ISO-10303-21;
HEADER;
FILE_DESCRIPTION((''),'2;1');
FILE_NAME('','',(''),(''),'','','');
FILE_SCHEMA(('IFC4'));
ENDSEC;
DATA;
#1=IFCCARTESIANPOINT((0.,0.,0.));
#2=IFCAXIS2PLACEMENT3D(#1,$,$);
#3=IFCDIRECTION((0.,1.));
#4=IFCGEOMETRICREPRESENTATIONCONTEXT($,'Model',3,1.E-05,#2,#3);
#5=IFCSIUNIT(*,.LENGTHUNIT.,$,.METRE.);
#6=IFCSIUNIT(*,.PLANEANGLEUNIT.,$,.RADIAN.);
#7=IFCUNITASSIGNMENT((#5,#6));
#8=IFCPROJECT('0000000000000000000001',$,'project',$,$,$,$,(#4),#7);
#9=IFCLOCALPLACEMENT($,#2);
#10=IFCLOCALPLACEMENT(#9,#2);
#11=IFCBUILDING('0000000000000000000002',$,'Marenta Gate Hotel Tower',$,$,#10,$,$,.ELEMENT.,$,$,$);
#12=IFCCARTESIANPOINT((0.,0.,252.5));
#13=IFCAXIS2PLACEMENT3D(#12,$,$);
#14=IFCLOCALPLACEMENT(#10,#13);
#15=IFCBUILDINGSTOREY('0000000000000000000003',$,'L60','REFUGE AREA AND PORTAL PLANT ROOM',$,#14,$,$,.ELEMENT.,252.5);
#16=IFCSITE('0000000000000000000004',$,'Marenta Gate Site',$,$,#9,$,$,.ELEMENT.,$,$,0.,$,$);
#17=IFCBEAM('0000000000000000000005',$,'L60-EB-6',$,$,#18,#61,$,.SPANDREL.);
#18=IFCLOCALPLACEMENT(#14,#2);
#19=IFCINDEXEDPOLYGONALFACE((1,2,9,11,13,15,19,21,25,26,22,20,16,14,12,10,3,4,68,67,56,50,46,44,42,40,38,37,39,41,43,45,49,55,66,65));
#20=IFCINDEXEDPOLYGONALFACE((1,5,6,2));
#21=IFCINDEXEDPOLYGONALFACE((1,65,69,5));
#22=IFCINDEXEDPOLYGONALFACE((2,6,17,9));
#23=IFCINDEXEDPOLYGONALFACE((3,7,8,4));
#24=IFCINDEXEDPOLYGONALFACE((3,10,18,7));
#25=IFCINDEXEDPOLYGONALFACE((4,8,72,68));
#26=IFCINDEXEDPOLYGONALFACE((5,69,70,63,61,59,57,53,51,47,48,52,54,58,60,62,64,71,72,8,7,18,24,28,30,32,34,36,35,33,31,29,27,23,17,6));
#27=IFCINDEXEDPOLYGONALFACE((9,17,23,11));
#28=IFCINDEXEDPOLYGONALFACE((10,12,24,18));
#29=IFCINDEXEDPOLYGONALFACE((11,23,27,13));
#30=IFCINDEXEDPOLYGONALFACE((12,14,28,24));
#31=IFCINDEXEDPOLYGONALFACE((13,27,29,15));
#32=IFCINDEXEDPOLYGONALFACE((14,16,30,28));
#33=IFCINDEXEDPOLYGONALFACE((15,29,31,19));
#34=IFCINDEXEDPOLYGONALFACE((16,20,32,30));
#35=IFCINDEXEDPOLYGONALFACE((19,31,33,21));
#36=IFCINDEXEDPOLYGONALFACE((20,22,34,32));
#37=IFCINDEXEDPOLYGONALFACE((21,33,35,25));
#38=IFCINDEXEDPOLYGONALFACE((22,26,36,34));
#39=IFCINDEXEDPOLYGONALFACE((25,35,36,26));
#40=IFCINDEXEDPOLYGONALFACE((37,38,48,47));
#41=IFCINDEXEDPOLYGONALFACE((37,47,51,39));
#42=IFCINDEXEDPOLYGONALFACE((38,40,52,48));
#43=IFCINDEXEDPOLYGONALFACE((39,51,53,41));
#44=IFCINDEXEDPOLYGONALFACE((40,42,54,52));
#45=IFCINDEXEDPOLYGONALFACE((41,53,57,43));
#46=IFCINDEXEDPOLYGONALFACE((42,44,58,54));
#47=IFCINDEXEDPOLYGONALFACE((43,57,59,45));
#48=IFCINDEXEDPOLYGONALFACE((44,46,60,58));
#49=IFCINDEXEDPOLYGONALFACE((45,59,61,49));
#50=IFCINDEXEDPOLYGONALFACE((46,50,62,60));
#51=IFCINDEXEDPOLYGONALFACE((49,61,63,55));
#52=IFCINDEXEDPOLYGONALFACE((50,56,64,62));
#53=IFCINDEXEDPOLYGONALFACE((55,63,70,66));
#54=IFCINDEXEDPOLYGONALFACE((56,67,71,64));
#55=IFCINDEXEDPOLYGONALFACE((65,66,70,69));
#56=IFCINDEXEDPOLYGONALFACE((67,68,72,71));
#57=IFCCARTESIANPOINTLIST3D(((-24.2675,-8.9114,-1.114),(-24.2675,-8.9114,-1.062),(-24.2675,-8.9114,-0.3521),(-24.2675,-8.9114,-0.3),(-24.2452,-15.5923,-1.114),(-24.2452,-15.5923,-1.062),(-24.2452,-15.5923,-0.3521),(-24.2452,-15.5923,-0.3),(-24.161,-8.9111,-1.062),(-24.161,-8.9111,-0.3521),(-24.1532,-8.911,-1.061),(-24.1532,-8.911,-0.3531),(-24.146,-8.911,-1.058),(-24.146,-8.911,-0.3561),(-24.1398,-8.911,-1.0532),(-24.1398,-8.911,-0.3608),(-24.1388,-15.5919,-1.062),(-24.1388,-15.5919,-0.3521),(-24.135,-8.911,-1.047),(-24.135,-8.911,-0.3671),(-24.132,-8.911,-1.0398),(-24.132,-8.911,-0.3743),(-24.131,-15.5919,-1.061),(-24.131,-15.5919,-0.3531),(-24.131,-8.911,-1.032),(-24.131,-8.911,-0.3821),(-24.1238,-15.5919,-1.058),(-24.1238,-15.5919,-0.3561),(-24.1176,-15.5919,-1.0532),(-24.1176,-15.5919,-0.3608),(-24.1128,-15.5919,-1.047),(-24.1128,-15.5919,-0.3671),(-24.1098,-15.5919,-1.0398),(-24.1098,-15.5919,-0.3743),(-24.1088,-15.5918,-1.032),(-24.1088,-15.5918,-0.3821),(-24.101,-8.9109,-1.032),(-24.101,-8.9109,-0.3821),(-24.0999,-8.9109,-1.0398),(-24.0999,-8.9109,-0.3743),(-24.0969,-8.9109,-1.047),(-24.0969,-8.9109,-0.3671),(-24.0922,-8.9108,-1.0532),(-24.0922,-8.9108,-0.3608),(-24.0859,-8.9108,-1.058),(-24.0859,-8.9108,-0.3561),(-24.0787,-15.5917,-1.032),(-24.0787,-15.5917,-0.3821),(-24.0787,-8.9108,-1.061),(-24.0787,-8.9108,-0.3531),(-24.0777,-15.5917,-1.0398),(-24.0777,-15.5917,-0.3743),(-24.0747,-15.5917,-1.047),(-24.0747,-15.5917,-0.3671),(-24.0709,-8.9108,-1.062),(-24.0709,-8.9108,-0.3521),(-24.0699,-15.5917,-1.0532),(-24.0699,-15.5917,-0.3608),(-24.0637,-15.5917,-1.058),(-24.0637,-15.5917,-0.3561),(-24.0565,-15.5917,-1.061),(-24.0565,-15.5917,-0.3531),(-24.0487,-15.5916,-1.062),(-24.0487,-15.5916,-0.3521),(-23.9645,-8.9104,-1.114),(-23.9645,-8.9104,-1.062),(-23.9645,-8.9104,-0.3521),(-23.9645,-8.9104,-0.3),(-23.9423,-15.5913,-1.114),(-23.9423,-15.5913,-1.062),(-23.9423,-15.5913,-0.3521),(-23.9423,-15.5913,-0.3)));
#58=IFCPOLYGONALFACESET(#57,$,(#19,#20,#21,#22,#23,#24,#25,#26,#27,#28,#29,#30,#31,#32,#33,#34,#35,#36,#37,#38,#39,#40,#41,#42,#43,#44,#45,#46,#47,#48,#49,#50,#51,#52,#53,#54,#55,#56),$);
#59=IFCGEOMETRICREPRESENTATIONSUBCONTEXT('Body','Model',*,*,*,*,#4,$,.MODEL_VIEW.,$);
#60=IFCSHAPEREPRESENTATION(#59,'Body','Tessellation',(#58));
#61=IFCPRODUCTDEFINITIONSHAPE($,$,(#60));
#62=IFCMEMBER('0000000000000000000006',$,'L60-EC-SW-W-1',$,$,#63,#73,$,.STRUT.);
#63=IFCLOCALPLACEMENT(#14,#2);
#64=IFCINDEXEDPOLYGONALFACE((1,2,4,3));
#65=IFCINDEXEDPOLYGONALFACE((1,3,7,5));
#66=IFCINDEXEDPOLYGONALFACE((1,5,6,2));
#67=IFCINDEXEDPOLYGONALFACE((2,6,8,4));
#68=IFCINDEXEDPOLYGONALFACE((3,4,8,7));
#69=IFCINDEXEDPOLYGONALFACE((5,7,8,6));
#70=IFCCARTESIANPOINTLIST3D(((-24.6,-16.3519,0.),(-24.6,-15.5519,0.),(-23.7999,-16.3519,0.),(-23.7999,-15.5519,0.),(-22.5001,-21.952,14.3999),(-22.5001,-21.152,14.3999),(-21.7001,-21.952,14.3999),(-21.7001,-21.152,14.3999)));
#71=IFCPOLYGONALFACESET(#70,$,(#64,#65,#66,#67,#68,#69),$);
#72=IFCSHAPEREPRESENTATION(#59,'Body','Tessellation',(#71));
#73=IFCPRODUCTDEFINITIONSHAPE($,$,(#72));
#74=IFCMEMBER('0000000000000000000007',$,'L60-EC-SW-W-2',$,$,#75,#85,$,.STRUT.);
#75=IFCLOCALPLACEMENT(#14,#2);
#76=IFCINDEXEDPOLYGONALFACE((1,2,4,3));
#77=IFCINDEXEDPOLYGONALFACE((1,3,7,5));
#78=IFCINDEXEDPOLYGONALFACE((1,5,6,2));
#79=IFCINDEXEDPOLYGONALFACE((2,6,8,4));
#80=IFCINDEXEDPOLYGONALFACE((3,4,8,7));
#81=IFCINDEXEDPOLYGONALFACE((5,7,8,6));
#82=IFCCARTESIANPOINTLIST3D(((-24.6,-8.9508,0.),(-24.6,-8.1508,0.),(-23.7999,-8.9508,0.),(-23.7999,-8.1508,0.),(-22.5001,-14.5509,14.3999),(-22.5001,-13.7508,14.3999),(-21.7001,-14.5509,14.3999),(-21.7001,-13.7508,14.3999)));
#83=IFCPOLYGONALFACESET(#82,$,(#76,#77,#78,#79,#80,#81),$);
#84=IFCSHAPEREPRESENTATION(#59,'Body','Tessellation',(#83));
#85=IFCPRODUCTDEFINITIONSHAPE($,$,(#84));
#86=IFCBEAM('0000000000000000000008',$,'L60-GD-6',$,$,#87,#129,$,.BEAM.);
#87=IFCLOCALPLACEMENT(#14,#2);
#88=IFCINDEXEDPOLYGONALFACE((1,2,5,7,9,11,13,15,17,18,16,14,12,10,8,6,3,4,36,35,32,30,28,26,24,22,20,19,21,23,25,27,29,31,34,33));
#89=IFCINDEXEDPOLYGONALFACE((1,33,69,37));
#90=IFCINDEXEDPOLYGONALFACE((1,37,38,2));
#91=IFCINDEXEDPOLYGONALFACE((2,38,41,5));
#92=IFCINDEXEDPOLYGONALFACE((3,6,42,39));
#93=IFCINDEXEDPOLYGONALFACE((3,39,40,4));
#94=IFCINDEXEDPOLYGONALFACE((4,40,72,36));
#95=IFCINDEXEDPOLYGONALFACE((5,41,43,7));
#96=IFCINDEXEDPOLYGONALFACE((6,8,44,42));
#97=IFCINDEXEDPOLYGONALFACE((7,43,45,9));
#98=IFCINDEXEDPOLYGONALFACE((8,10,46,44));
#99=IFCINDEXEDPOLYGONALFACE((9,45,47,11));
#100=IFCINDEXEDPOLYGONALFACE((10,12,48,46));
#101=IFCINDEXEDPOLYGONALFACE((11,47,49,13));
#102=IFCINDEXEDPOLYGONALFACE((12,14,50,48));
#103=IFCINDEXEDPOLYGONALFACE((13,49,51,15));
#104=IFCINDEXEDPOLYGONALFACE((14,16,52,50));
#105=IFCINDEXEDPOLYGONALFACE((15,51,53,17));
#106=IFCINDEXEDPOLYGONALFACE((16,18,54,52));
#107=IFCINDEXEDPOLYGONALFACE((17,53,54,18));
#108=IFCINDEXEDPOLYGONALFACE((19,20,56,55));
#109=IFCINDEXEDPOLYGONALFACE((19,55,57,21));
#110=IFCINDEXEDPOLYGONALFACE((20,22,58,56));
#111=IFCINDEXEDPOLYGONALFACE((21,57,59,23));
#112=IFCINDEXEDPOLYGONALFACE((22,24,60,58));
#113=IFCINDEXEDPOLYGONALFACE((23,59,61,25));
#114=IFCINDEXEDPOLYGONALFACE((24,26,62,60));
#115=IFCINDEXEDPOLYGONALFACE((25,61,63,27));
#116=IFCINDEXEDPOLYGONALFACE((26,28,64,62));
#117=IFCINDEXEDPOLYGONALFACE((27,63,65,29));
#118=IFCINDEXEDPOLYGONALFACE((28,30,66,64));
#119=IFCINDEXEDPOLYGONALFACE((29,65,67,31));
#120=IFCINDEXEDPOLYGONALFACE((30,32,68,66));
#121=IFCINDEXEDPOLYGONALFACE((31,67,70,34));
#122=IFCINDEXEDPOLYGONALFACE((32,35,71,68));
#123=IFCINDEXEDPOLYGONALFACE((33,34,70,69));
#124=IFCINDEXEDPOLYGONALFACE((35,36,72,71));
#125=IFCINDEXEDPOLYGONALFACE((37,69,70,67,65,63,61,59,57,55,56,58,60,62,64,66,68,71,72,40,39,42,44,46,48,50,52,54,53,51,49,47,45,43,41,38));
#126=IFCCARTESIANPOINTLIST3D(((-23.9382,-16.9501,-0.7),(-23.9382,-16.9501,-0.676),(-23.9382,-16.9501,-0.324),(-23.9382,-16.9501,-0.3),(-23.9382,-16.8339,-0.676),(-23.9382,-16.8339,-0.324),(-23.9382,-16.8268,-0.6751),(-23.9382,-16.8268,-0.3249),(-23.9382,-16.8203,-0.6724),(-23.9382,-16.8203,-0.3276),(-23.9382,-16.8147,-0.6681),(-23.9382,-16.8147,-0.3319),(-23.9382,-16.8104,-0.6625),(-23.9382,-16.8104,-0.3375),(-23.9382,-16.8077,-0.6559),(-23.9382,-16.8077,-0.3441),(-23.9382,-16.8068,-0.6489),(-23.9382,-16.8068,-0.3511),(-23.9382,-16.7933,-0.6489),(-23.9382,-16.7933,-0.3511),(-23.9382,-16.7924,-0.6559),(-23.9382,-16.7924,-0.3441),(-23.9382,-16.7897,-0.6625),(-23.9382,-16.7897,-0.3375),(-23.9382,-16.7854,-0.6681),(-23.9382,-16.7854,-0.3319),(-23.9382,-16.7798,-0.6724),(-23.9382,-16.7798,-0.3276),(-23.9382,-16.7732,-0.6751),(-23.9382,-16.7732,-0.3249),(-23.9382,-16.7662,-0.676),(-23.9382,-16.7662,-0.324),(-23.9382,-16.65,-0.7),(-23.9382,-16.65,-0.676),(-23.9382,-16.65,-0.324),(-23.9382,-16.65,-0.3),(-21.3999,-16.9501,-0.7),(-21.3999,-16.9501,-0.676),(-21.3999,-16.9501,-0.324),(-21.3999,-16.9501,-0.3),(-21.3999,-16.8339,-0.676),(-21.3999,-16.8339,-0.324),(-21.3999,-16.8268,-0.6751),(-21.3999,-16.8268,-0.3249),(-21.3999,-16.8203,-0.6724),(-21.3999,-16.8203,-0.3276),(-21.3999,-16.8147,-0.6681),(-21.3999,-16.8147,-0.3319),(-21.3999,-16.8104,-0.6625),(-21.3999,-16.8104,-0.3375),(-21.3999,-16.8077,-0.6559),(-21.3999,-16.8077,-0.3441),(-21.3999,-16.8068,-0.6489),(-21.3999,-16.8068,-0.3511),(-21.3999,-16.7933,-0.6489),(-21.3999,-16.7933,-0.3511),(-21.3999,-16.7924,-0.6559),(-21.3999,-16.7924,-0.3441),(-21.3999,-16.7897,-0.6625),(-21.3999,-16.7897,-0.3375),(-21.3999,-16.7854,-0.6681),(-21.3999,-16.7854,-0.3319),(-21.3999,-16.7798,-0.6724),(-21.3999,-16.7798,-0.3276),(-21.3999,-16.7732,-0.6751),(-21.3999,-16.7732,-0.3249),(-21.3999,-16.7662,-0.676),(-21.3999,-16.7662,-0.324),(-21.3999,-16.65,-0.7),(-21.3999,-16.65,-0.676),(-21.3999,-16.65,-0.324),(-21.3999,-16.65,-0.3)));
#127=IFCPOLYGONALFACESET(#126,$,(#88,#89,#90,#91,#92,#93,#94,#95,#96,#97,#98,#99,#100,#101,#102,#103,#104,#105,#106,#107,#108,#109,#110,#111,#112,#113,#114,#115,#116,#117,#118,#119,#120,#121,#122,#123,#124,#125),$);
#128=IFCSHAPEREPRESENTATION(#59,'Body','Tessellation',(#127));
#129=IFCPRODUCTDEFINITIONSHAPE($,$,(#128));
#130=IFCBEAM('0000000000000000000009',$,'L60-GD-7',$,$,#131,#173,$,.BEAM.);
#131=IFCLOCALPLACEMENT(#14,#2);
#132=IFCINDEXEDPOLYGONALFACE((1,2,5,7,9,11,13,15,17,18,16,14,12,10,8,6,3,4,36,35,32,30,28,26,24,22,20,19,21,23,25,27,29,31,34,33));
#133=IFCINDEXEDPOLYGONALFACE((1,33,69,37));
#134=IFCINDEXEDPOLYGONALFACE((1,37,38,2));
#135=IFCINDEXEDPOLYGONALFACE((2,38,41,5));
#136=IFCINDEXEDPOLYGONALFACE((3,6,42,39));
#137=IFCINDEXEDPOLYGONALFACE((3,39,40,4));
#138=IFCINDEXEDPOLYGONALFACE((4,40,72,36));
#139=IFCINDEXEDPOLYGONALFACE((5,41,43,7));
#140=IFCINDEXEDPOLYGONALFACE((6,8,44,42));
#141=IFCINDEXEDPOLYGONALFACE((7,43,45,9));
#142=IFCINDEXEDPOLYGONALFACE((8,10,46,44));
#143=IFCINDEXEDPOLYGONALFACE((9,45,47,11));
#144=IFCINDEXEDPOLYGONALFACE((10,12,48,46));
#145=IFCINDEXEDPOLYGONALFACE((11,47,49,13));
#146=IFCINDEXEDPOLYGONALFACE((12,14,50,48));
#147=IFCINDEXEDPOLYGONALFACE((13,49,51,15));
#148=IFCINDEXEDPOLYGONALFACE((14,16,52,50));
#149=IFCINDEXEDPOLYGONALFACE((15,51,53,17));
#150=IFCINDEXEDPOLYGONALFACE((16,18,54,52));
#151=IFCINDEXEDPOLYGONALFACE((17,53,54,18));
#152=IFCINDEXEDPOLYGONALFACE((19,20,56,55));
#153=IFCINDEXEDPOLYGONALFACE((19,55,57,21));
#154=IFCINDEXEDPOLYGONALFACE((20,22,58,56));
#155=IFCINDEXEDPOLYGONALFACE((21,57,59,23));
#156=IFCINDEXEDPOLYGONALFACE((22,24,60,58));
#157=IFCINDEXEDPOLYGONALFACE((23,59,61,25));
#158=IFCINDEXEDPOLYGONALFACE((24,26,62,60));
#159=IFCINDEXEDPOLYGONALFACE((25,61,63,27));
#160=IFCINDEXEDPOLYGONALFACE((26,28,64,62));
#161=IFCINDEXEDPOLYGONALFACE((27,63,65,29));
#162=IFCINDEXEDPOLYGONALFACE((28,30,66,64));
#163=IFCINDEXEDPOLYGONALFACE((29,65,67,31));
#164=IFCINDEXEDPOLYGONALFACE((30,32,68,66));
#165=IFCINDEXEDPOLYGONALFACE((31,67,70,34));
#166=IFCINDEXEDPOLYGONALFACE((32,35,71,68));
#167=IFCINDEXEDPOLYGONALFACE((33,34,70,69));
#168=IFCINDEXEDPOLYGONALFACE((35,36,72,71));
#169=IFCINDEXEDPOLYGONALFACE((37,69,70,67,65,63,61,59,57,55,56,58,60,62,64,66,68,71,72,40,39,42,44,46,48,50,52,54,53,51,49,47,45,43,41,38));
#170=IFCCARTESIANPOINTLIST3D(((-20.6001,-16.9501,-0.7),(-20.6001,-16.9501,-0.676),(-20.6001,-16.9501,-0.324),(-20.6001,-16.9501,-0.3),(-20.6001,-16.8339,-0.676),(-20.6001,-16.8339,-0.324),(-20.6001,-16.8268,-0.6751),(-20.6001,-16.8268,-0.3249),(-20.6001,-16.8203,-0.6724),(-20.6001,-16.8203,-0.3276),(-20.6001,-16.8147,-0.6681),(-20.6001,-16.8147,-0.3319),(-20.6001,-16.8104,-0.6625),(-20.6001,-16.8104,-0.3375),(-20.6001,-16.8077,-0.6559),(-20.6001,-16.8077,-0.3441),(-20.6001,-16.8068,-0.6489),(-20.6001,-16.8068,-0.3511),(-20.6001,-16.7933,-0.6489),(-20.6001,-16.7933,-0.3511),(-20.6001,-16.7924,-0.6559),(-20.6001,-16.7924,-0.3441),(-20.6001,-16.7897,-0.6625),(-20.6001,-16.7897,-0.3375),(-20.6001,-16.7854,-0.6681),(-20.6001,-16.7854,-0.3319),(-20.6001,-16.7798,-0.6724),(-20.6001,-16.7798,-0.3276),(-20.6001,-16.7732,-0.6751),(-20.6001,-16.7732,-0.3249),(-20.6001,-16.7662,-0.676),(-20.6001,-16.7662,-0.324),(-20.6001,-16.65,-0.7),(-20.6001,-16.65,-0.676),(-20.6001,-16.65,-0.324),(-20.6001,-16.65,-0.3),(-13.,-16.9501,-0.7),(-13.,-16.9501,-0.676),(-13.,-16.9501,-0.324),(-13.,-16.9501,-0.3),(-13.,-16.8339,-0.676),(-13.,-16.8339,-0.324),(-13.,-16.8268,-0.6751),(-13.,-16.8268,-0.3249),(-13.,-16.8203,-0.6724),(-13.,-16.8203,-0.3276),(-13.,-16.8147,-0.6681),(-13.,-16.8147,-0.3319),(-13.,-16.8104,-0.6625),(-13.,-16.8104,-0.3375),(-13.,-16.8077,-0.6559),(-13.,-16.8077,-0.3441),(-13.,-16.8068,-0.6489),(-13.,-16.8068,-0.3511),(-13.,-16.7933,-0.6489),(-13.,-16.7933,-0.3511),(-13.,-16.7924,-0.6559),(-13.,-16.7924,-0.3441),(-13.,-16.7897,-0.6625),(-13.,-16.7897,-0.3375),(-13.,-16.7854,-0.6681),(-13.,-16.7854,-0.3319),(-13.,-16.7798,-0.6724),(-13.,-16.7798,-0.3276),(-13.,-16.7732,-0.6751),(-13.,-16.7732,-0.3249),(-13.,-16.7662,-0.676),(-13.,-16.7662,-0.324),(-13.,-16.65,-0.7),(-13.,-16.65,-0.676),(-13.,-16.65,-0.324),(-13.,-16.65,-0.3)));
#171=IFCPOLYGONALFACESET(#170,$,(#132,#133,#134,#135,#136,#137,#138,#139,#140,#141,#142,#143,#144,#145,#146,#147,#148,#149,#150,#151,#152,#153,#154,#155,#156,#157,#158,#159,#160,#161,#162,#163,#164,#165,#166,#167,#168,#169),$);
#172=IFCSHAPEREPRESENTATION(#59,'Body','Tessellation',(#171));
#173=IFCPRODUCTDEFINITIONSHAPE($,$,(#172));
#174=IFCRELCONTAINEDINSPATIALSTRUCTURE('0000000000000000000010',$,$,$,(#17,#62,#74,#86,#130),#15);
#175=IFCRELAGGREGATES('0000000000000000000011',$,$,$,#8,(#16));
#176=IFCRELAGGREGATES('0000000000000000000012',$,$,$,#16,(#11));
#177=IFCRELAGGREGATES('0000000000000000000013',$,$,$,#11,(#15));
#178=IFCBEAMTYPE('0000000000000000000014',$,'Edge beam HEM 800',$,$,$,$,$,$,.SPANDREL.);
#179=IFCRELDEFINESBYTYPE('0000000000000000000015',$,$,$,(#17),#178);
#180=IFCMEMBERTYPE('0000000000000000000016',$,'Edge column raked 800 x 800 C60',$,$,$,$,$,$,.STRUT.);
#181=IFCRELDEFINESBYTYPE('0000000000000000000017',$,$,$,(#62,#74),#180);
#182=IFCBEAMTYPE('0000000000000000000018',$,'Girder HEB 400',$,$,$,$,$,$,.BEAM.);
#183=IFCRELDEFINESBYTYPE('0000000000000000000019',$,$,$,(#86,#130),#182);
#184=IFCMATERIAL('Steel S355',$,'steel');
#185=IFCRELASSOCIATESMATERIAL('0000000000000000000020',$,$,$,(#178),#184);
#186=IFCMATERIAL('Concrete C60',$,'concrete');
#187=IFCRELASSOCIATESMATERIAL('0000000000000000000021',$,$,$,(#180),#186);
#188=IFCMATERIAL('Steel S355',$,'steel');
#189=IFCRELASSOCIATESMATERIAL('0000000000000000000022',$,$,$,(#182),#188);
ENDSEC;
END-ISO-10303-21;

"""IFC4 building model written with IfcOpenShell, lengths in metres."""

from ifc_helpers import new_model, si_unit, direction, frame, origin, origin_2d, place, context, subcontext, project, spatial, rectangle, i_section, extrude, material, material_profile, profile_set, type_object, element, save


model = new_model("IFC4")

# Units and contexts
model_context = context("Model", 3, precision=1e-05, world=origin(), true_north=direction((0.0, 1.0)))
body_context = subcontext(model_context, "Body", "Model", "MODEL_VIEW")
ifc_project = project(units=[si_unit("LENGTHUNIT", "METRE"), si_unit("PLANEANGLEUNIT", "RADIAN")], contexts=[model_context])

# Site, building, storey
site_placement = place(None, origin())
site = spatial("IfcSite", under=ifc_project, at=site_placement, Name="Marenta Gate Site", CompositionType="ELEMENT", RefElevation=0.0)
building_placement = place(site_placement, origin())
building = spatial("IfcBuilding", under=site, at=building_placement, Name="Marenta Gate Hotel Tower", CompositionType="ELEMENT")
storey_placement = place(building_placement, frame((0.0, 0.0, 252.5)))
storey = spatial("IfcBuildingStorey", under=building, at=storey_placement, Name="L60", Description="REFUGE AREA AND PORTAL PLANT ROOM", CompositionType="ELEMENT", Elevation=252.5)

# Beam
ifc_material_1 = material(Name="Steel S355", Category="steel")
ifc_material_profile_1 = material_profile(ifc_material_1, i_section(OverallWidth=0.303, OverallDepth=0.814, WebThickness=0.03, FlangeThickness=0.052, FilletRadius=0.03, at=origin_2d()), Name="HEM 800")
ifc_profile_set_1 = profile_set([ifc_material_profile_1], Name="Steel S355")
beam_type_1 = type_object("IfcBeamType", Name="Edge beam HEM 800", PredefinedType="SPANDREL", material=ifc_profile_set_1)
beam_1_placement = place(storey_placement, frame((-24.0938, -15.5918, -0.707), z_axis=(-0.003325, 0.999994, 0.0), x_axis=(-0.999994, -0.003325, 0.0)))
element("IfcBeam", 1, at=beam_1_placement, inside=storey, type_object=beam_type_1, Name="L60-EB-6", PredefinedType="SPANDREL", context=body_context, shape_type="SweptSolid", body=[
    extrude(i_section(OverallWidth=0.303, OverallDepth=0.814, WebThickness=0.03, FlangeThickness=0.052, FilletRadius=0.03, at=origin_2d()), origin(), (0.0, 0.0, 1.0), 6.6809),
])

# Members
ifc_material_2 = material(Name="Concrete C60", Category="concrete")
ifc_material_profile_2 = material_profile(ifc_material_2, rectangle(XDim=0.8, YDim=0.8, at=origin_2d()), Name="800 x 800")
ifc_profile_set_2 = profile_set([ifc_material_profile_2], Name="Concrete C60")
member_type_1 = type_object("IfcMemberType", Name="Edge column raked 800 x 800 C60", PredefinedType="STRUT", material=ifc_profile_set_2)
for number, where, z_axis, x_axis, name in (
    (2, (-24.2, -15.9519, 0.0), (0.0, 0.0, 1.0), (1.0, 0.0, 0.0), "L60-EC-SW-W-1"),
    (3, (-24.2, -8.5508, 0.0), (0.0, 0.0, 1.0), (1.0, 0.0, 0.0), "L60-EC-SW-W-2"),
):
    element("IfcMember", number, at=place(storey_placement, frame(where, z_axis=z_axis, x_axis=x_axis)), inside=storey, type_object=member_type_1, Name=name, PredefinedType="STRUT", context=body_context, shape_type="SweptSolid", body=[
        extrude(rectangle(XDim=0.8, YDim=0.8, at=origin_2d()), origin(), (0.13467, -0.359152, 0.923512), 15.5925),
    ])

# Beams
ifc_material_3 = material(Name="Steel S355", Category="steel")
ifc_material_profile_3 = material_profile(ifc_material_3, i_section(OverallWidth=0.3, OverallDepth=0.3999, WebThickness=0.0134, FlangeThickness=0.0239, FilletRadius=0.0271, at=origin_2d()), Name="HEB 400")
ifc_profile_set_3 = profile_set([ifc_material_profile_3], Name="Steel S355")
beam_type_2 = type_object("IfcBeamType", Name="Girder HEB 400", PredefinedType="BEAM", material=ifc_profile_set_3)
beam_2_placement = place(storey_placement, frame((-23.9382, -16.8, -0.5), z_axis=(1.0, 0.0, 0.0), x_axis=(0.0, 1.0, 0.0)))
element("IfcBeam", 4, at=beam_2_placement, inside=storey, type_object=beam_type_2, Name="L60-GD-6", PredefinedType="BEAM", context=body_context, shape_type="SweptSolid", body=[
    extrude(i_section(OverallWidth=0.3, OverallDepth=0.3999, WebThickness=0.0134, FlangeThickness=0.0239, FilletRadius=0.0271, at=origin_2d()), origin(), (0.0, 0.0, 1.0), 2.5383),
])
beam_3_placement = place(storey_placement, frame((-20.6001, -16.8, -0.5), z_axis=(1.0, 0.0, 0.0), x_axis=(0.0, 1.0, 0.0)))
element("IfcBeam", 5, at=beam_3_placement, inside=storey, type_object=beam_type_2, Name="L60-GD-7", PredefinedType="BEAM", context=body_context, shape_type="SweptSolid", body=[
    extrude(i_section(OverallWidth=0.3, OverallDepth=0.3999, WebThickness=0.0134, FlangeThickness=0.0239, FilletRadius=0.0271, at=origin_2d()), origin(), (0.0, 0.0, 1.0), 7.6001),
])

save(model, "model.ifc")
